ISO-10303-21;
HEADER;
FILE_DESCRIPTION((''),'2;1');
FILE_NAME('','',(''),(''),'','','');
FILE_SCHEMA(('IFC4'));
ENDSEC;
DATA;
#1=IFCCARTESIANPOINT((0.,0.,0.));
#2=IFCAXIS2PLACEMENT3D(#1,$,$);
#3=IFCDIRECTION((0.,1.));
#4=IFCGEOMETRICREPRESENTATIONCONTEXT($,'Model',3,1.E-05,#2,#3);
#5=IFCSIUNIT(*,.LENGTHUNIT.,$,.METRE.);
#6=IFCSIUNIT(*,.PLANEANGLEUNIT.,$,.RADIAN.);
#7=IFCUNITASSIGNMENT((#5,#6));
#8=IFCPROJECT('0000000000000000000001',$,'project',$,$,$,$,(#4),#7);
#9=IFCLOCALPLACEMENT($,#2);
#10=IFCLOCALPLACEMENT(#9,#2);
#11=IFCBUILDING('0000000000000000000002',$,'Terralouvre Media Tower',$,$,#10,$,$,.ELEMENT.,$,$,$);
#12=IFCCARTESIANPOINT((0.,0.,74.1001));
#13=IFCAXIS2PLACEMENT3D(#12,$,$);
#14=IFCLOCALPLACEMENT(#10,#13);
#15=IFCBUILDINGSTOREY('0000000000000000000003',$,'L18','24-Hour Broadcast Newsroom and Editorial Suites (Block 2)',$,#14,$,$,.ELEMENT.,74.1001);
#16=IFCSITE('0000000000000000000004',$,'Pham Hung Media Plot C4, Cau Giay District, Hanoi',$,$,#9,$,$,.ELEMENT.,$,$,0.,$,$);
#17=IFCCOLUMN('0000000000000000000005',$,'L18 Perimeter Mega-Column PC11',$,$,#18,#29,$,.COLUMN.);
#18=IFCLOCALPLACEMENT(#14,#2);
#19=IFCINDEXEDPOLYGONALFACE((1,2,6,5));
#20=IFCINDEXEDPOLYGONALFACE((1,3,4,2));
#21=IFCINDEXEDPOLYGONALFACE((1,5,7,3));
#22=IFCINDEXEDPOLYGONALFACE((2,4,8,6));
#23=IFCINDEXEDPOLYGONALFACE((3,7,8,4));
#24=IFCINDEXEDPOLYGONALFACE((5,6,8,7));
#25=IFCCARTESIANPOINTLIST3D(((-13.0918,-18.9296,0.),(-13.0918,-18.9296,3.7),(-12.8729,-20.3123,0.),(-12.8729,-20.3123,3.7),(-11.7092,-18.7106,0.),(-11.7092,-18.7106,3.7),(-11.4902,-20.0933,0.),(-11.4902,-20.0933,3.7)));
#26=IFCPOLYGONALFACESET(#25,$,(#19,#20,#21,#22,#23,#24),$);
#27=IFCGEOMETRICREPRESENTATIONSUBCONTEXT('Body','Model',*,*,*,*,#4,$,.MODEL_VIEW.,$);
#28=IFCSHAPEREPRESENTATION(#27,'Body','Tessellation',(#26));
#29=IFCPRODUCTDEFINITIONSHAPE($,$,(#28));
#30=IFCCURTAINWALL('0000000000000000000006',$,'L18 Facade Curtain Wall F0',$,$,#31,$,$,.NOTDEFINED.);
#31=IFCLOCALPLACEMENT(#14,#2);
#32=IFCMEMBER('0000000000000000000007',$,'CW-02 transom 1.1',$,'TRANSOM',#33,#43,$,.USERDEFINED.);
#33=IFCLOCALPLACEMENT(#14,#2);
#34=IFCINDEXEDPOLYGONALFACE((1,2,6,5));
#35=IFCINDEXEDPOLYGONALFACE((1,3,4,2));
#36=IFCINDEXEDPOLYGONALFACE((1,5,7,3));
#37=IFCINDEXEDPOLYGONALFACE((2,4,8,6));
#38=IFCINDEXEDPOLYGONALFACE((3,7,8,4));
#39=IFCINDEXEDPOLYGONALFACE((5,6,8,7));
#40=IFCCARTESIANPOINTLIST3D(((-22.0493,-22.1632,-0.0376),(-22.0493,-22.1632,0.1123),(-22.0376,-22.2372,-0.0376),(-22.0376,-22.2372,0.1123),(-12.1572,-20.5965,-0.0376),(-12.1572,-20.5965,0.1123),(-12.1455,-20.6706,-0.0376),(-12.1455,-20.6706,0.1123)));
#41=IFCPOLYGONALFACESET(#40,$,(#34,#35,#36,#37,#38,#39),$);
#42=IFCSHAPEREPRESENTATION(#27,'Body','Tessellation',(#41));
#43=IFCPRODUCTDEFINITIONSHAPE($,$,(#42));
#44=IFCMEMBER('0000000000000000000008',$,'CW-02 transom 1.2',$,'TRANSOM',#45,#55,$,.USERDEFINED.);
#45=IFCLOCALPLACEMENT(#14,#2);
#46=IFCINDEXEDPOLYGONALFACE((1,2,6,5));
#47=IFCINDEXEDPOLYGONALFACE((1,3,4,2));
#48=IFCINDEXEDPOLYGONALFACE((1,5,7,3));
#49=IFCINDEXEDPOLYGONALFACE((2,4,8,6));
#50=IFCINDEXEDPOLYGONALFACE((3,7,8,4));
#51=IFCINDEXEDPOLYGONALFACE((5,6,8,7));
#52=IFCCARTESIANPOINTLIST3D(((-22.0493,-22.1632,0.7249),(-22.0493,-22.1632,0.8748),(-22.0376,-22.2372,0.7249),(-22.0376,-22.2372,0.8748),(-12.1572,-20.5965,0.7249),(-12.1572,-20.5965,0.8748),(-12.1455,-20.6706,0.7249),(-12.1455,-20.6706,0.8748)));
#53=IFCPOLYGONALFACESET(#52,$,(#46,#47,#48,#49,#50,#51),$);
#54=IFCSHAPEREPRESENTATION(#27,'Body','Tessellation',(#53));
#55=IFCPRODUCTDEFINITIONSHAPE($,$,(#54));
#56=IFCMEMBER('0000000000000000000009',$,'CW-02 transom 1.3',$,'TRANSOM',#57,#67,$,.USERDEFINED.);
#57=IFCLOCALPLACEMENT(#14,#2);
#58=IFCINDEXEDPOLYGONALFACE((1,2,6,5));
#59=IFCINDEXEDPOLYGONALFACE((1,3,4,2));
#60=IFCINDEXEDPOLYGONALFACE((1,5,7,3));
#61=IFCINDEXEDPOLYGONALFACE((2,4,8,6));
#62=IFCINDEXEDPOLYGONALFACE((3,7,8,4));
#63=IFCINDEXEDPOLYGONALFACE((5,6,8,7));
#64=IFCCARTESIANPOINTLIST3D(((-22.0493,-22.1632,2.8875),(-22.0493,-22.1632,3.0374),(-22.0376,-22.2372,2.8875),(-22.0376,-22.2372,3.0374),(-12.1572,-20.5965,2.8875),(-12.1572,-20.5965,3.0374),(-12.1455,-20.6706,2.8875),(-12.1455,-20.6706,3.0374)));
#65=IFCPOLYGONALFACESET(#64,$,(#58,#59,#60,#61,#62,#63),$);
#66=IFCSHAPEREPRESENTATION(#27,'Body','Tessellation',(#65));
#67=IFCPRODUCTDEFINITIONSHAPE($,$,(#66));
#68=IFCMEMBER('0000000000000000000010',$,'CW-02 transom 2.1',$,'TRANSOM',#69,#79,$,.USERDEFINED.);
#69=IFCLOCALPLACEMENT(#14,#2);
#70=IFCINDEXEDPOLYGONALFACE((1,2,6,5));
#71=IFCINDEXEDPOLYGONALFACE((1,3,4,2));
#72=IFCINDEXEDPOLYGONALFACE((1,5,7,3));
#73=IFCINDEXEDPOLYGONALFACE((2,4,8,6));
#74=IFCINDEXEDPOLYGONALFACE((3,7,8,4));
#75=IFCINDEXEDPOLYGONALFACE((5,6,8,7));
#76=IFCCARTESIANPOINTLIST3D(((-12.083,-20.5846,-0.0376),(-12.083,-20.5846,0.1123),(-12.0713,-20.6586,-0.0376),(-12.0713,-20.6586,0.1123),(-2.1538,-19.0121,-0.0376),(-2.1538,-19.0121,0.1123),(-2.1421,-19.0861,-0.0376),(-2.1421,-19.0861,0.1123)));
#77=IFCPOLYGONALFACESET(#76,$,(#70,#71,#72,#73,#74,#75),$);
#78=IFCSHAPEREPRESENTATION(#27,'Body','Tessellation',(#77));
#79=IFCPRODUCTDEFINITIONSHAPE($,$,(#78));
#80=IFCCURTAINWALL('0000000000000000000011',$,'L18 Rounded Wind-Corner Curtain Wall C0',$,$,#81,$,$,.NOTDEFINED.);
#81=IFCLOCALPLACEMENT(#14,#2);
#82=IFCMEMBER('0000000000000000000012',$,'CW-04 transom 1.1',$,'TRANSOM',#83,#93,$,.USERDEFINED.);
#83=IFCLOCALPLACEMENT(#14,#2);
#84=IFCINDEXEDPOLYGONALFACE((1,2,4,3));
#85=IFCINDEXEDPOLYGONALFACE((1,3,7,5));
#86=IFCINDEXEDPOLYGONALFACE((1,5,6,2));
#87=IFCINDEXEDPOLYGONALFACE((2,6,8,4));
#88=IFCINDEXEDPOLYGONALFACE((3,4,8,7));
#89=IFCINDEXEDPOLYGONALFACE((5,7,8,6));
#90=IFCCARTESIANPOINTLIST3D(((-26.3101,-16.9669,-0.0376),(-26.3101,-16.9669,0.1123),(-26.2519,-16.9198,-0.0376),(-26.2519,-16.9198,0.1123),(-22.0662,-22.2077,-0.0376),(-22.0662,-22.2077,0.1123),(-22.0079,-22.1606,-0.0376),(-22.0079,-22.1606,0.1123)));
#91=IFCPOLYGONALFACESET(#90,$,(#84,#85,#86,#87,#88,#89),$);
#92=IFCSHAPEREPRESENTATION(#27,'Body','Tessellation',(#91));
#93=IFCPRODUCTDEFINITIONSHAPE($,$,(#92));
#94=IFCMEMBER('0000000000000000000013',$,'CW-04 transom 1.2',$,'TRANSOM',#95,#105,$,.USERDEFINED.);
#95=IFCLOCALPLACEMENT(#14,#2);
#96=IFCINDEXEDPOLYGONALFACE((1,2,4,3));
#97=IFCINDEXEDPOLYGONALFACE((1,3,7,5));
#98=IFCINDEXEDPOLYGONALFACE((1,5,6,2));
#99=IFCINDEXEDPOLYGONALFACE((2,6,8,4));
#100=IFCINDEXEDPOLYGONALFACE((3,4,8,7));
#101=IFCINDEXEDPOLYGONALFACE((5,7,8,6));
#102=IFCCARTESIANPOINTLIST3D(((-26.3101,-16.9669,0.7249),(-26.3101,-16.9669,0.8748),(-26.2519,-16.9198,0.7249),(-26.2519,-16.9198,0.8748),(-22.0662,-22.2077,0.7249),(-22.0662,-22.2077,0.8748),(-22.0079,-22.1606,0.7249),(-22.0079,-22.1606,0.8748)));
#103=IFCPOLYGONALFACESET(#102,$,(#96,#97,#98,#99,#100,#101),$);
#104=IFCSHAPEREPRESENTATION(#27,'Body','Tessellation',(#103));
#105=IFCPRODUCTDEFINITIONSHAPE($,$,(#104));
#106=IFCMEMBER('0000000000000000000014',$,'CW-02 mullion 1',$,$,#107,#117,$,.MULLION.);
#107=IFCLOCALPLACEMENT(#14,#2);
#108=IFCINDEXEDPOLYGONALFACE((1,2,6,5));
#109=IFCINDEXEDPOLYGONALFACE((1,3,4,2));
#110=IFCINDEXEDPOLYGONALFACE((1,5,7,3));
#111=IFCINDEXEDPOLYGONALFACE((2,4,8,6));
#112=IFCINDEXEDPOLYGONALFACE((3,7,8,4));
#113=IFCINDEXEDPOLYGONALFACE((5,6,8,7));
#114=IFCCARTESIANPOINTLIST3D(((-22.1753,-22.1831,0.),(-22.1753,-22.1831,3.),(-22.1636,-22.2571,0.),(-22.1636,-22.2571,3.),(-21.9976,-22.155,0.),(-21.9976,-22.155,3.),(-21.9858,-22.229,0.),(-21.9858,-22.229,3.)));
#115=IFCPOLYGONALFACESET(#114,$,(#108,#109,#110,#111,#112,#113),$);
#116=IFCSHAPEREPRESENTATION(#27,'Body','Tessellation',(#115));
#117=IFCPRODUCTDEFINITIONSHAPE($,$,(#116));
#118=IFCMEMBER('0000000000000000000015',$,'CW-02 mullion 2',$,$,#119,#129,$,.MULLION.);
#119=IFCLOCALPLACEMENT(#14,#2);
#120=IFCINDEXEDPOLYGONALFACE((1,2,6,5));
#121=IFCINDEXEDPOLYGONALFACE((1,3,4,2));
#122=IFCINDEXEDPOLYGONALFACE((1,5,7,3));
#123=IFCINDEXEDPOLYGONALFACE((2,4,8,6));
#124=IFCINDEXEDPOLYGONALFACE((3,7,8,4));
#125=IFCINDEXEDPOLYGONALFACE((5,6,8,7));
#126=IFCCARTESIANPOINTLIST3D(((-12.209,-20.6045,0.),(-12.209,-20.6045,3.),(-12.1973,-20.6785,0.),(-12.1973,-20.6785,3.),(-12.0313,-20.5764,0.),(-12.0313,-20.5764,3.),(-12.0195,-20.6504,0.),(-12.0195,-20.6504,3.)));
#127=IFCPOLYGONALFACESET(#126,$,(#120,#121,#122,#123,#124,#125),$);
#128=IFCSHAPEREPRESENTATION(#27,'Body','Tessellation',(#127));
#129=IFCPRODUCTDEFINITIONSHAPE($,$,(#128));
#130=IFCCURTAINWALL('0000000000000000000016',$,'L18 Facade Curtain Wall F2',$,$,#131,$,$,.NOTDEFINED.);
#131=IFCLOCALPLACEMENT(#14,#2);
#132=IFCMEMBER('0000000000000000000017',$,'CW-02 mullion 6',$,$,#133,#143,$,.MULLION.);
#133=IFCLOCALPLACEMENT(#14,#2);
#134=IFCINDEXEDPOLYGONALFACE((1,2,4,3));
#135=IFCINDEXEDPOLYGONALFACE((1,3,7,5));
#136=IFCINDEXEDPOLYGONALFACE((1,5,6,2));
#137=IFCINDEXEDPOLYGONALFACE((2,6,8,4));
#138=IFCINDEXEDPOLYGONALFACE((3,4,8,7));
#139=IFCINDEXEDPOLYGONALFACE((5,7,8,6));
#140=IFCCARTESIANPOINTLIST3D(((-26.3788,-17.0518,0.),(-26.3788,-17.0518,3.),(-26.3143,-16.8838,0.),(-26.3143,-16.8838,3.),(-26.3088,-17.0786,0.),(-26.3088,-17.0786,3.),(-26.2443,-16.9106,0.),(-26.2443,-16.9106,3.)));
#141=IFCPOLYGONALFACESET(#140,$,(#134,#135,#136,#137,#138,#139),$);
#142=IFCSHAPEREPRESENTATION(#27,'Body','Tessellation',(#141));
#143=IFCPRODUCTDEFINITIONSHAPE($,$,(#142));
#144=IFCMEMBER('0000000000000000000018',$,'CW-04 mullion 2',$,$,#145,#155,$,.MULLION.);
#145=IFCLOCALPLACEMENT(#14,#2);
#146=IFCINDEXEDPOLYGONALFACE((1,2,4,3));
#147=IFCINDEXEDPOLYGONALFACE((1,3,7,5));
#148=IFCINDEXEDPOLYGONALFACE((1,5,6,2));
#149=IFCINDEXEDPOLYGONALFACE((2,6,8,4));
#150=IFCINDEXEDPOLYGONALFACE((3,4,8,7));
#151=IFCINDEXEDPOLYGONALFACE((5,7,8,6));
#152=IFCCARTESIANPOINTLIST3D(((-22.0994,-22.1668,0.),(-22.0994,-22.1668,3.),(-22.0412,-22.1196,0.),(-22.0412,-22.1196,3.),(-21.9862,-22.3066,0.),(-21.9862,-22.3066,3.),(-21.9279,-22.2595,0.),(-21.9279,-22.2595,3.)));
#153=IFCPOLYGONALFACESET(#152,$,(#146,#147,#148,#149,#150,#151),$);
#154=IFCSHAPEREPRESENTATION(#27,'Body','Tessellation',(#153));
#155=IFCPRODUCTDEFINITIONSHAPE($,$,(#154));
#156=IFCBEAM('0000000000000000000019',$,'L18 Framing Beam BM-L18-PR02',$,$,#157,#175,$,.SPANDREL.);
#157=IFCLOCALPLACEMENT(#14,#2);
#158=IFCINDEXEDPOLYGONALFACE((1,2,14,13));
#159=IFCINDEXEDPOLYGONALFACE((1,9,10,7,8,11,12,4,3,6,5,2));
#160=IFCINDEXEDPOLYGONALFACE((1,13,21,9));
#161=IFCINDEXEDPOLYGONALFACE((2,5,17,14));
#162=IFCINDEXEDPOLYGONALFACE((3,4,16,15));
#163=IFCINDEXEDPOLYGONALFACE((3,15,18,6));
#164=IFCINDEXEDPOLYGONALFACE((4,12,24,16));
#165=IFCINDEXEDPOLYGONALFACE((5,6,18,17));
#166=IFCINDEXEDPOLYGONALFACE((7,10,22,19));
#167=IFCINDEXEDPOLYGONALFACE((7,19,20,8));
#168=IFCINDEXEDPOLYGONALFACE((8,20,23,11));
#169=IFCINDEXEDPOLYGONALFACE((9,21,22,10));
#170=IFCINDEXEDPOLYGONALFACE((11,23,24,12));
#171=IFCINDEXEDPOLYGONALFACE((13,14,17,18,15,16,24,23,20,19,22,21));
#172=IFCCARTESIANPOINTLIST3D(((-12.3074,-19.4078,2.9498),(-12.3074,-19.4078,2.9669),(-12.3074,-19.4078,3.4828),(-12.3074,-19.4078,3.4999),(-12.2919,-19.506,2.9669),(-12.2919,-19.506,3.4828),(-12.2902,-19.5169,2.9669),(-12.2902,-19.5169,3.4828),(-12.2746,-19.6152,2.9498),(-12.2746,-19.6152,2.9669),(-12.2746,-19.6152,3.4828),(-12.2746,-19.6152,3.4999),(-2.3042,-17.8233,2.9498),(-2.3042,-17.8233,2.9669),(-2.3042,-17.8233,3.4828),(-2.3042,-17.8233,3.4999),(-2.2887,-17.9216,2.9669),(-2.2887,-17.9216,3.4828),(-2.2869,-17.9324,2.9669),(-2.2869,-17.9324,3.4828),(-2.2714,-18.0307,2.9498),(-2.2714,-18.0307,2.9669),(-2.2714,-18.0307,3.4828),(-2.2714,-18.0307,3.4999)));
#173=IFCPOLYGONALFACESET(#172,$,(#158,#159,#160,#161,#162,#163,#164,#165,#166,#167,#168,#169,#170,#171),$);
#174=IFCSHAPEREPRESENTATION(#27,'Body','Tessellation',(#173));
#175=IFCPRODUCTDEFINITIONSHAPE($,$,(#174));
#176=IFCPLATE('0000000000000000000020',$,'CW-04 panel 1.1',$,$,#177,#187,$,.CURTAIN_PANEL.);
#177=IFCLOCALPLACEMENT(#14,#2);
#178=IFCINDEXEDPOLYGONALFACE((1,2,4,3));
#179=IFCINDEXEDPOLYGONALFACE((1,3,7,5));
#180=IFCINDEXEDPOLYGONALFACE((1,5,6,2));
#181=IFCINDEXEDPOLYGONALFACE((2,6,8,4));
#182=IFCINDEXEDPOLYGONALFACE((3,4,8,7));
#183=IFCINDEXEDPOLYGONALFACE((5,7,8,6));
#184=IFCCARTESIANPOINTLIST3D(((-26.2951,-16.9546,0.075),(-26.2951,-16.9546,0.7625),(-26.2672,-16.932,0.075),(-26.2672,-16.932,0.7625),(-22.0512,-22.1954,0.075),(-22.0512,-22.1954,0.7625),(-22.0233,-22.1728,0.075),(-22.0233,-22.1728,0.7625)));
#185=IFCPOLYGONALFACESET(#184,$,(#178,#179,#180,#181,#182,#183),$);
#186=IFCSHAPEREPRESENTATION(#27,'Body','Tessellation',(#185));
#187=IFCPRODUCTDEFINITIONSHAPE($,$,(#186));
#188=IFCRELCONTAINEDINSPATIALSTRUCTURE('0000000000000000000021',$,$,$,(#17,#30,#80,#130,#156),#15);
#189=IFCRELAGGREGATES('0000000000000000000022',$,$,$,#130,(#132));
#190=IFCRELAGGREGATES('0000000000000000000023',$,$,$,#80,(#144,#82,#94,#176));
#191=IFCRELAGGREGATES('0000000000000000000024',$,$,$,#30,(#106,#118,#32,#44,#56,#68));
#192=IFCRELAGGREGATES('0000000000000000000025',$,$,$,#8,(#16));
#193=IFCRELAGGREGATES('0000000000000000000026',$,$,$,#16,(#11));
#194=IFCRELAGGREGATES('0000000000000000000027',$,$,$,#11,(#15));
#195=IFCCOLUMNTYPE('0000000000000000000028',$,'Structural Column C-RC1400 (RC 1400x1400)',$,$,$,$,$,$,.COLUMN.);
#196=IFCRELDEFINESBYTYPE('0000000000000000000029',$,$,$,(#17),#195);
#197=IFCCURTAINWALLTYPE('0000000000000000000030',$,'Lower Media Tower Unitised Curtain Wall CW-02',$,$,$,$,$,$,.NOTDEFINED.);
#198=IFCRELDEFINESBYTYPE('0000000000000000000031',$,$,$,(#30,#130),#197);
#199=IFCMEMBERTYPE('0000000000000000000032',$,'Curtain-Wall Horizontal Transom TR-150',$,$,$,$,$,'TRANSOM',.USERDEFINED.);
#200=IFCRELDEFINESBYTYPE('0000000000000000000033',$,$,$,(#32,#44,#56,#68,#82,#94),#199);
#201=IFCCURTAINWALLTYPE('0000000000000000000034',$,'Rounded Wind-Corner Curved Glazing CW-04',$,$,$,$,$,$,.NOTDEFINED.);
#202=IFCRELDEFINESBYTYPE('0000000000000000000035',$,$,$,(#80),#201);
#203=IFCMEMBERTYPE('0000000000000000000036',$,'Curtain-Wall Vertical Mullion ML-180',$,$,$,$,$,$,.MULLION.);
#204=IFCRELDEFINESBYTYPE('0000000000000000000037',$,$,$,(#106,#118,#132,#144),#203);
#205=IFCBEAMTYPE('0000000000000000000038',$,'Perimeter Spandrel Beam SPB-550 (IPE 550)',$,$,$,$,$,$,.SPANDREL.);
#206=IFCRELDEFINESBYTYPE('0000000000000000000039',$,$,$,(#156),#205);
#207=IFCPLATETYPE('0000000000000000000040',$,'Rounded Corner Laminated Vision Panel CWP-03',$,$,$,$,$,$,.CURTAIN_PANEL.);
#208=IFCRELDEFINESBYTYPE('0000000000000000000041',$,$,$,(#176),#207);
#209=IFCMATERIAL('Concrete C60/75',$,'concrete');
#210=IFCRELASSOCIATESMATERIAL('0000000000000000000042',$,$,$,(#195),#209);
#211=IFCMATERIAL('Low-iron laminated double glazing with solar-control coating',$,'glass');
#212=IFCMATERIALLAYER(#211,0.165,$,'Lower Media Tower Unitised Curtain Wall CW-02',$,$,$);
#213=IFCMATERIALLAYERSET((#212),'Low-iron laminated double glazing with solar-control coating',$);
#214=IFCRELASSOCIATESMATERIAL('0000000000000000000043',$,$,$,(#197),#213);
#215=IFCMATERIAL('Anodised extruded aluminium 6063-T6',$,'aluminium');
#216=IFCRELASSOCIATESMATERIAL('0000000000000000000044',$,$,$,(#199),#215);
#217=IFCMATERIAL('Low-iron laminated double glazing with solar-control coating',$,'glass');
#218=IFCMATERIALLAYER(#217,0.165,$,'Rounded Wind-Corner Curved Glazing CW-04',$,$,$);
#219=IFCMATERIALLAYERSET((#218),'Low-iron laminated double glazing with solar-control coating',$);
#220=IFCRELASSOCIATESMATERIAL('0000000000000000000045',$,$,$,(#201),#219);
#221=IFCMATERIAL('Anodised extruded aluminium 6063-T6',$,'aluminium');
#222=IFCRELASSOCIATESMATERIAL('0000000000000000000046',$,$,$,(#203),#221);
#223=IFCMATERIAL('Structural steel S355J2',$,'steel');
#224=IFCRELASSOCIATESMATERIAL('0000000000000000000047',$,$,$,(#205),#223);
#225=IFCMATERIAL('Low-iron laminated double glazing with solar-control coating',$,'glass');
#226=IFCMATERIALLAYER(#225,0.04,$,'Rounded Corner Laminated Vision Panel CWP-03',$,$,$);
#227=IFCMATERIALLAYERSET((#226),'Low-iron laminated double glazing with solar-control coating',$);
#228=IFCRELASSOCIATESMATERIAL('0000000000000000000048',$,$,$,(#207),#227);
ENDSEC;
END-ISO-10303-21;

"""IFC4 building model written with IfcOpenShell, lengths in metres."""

from ifc_helpers import new_model, si_unit, direction, frame, origin, origin_2d, place, context, subcontext, project, spatial, rectangle, i_section, extrude, material, layer, layer_set, material_profile, profile_set, type_object, element, aggregate, save


model = new_model("IFC4")

# Units and contexts
model_context = context("Model", 3, precision=1e-05, world=origin(), true_north=direction((0.0, 1.0)))
body_context = subcontext(model_context, "Body", "Model", "MODEL_VIEW")
ifc_project = project(units=[si_unit("LENGTHUNIT", "METRE"), si_unit("PLANEANGLEUNIT", "RADIAN")], contexts=[model_context])

# Site, building, storey
site_placement = place(None, origin())
site = spatial("IfcSite", under=ifc_project, at=site_placement, Name="Pham Hung Media Plot C4, Cau Giay District, Hanoi", CompositionType="ELEMENT", RefElevation=0.0)
building_placement = place(site_placement, origin())
building = spatial("IfcBuilding", under=site, at=building_placement, Name="Terralouvre Media Tower", CompositionType="ELEMENT")
storey_placement = place(building_placement, frame((0.0, 0.0, 74.1001)))
storey = spatial("IfcBuildingStorey", under=building, at=storey_placement, Name="L18", Description="24-Hour Broadcast Newsroom and Editorial Suites (Block 2)", CompositionType="ELEMENT", Elevation=74.1001)

# Column
ifc_material_1 = material(Name="Concrete C60/75", Category="concrete")
ifc_material_profile_1 = material_profile(ifc_material_1, rectangle(XDim=1.3999, YDim=1.3999, at=origin_2d()), Name="RC 1400x1400")
ifc_profile_set_1 = profile_set([ifc_material_profile_1], Name="Concrete C60/75")
column_type = type_object("IfcColumnType", Name="Structural Column C-RC1400 (RC 1400x1400)", PredefinedType="COLUMN", material=ifc_profile_set_1)
column_placement = place(storey_placement, frame((-12.291, -19.5115, 0.0), z_axis=(0.0, 0.0, 1.0), x_axis=(0.987688, 0.156434, 0.0)))
element("IfcColumn", 1, at=column_placement, inside=storey, type_object=column_type, Name="L18 Perimeter Mega-Column PC11", PredefinedType="COLUMN", context=body_context, shape_type="SweptSolid", body=[
    extrude(rectangle(XDim=1.3999, YDim=1.3999, at=origin_2d()), origin(), (0.0, 0.0, 1.0), 3.7),
])

# Curtain walls, members
ifc_material_2 = material(Name="Low-iron laminated double glazing with solar-control coating", Category="glass")
ifc_layer_1 = layer(ifc_material_2, 0.165, Name="Lower Media Tower Unitised Curtain Wall CW-02")
ifc_layer_set_1 = layer_set([ifc_layer_1], Name="Low-iron laminated double glazing with solar-control coating")
curtain_wall_type_1 = type_object("IfcCurtainWallType", Name="Lower Media Tower Unitised Curtain Wall CW-02", PredefinedType="NOTDEFINED", material=ifc_layer_set_1)
curtain_wall_1_placement = place(storey_placement, origin())
curtain_wall_1 = element("IfcCurtainWall", 2, at=curtain_wall_1_placement, inside=storey, type_object=curtain_wall_type_1, Name="L18 Facade Curtain Wall F0", PredefinedType="NOTDEFINED")
ifc_material_3 = material(Name="Anodised extruded aluminium 6063-T6", Category="aluminium")
ifc_material_profile_2 = material_profile(ifc_material_3, rectangle(XDim=0.075, YDim=0.1499, at=origin_2d()), Name="ALU 75x150")
ifc_profile_set_2 = profile_set([ifc_material_profile_2], Name="Anodised extruded aluminium 6063-T6")
member_type_1 = type_object("IfcMemberType", Name="Curtain-Wall Horizontal Transom TR-150", ElementType="TRANSOM", PredefinedType="USERDEFINED", material=ifc_profile_set_2)
member_1_placement = place(storey_placement, frame((-22.0435, -22.2002, 0.0374), z_axis=(0.98769, 0.156424, 0.0), x_axis=(-0.156424, 0.98769, 0.0)))
member_1 = element("IfcMember", 3, at=member_1_placement, type_object=member_type_1, Name="CW-02 transom 1.1", ObjectType="TRANSOM", PredefinedType="USERDEFINED", context=body_context, shape_type="SweptSolid", body=[
    extrude(rectangle(XDim=0.075, YDim=0.1499, at=origin_2d()), origin(), (0.0, 0.0, 1.0), 10.0154),
])
member_2_placement = place(storey_placement, frame((-22.0435, -22.2002, 0.7998), z_axis=(0.98769, 0.156424, 0.0), x_axis=(-0.156424, 0.98769, 0.0)))
member_2 = element("IfcMember", 4, at=member_2_placement, type_object=member_type_1, Name="CW-02 transom 1.2", ObjectType="TRANSOM", PredefinedType="USERDEFINED", context=body_context, shape_type="SweptSolid", body=[
    extrude(rectangle(XDim=0.075, YDim=0.1499, at=origin_2d()), origin(), (0.0, 0.0, 1.0), 10.0154),
])
member_3_placement = place(storey_placement, frame((-22.0435, -22.2002, 2.9624), z_axis=(0.98769, 0.156424, 0.0), x_axis=(-0.156424, 0.98769, 0.0)))
member_3 = element("IfcMember", 5, at=member_3_placement, type_object=member_type_1, Name="CW-02 transom 1.3", ObjectType="TRANSOM", PredefinedType="USERDEFINED", context=body_context, shape_type="SweptSolid", body=[
    extrude(rectangle(XDim=0.075, YDim=0.1499, at=origin_2d()), origin(), (0.0, 0.0, 1.0), 10.0154),
])
member_4_placement = place(storey_placement, frame((-12.0771, -20.6216, 0.0374), z_axis=(0.98769, 0.156423, 0.0), x_axis=(-0.156423, 0.98769, 0.0)))
member_4 = element("IfcMember", 6, at=member_4_placement, type_object=member_type_1, Name="CW-02 transom 2.1", ObjectType="TRANSOM", PredefinedType="USERDEFINED", context=body_context, shape_type="SweptSolid", body=[
    extrude(rectangle(XDim=0.075, YDim=0.1499, at=origin_2d()), origin(), (0.0, 0.0, 1.0), 10.053),
])
ifc_material_4 = material(Name="Low-iron laminated double glazing with solar-control coating", Category="glass")
ifc_layer_2 = layer(ifc_material_4, 0.165, Name="Rounded Wind-Corner Curved Glazing CW-04")
ifc_layer_set_2 = layer_set([ifc_layer_2], Name="Low-iron laminated double glazing with solar-control coating")
curtain_wall_type_2 = type_object("IfcCurtainWallType", Name="Rounded Wind-Corner Curved Glazing CW-04", PredefinedType="NOTDEFINED", material=ifc_layer_set_2)
curtain_wall_2_placement = place(storey_placement, origin())
curtain_wall_2 = element("IfcCurtainWall", 7, at=curtain_wall_2_placement, inside=storey, type_object=curtain_wall_type_2, Name="L18 Rounded Wind-Corner Curtain Wall C0", PredefinedType="NOTDEFINED")
member_5_placement = place(storey_placement, frame((-26.281, -16.9434, 0.0374), z_axis=(0.629324, -0.777143, 0.0), x_axis=(0.777143, 0.629324, 0.0)))
member_5 = element("IfcMember", 8, at=member_5_placement, type_object=member_type_1, Name="CW-04 transom 1.1", ObjectType="TRANSOM", PredefinedType="USERDEFINED", context=body_context, shape_type="SweptSolid", body=[
    extrude(rectangle(XDim=0.075, YDim=0.1499, at=origin_2d()), origin(), (0.0, 0.0, 1.0), 6.7437),
])
member_6_placement = place(storey_placement, frame((-26.281, -16.9434, 0.7998), z_axis=(0.629324, -0.777143, 0.0), x_axis=(0.777143, 0.629324, 0.0)))
member_6 = element("IfcMember", 9, at=member_6_placement, type_object=member_type_1, Name="CW-04 transom 1.2", ObjectType="TRANSOM", PredefinedType="USERDEFINED", context=body_context, shape_type="SweptSolid", body=[
    extrude(rectangle(XDim=0.075, YDim=0.1499, at=origin_2d()), origin(), (0.0, 0.0, 1.0), 6.7437),
])

# Members
ifc_material_5 = material(Name="Anodised extruded aluminium 6063-T6", Category="aluminium")
ifc_material_profile_3 = material_profile(ifc_material_5, rectangle(XDim=0.075, YDim=0.1799, at=origin_2d()), Name="ALU 75x180")
ifc_profile_set_3 = profile_set([ifc_material_profile_3], Name="Anodised extruded aluminium 6063-T6")
member_type_2 = type_object("IfcMemberType", Name="Curtain-Wall Vertical Mullion ML-180", PredefinedType="MULLION", material=ifc_profile_set_3)
member_7_placement = place(storey_placement, frame((-22.0806, -22.2061, 0.0), z_axis=(0.0, 0.0, 1.0), x_axis=(-0.156434, 0.987688, 0.0)))
member_7 = element("IfcMember", 10, at=member_7_placement, type_object=member_type_2, Name="CW-02 mullion 1", PredefinedType="MULLION", context=body_context, shape_type="SweptSolid", body=[
    extrude(rectangle(XDim=0.075, YDim=0.1799, at=origin_2d()), origin(), (0.0, 0.0, 1.0), 3.0),
])
member_8_placement = place(storey_placement, frame((-12.1143, -20.6274, 0.0), z_axis=(0.0, 0.0, 1.0), x_axis=(-0.156434, 0.987688, 0.0)))
member_8 = element("IfcMember", 11, at=member_8_placement, type_object=member_type_2, Name="CW-02 mullion 2", PredefinedType="MULLION", context=body_context, shape_type="SweptSolid", body=[
    extrude(rectangle(XDim=0.075, YDim=0.1799, at=origin_2d()), origin(), (0.0, 0.0, 1.0), 3.0),
])

# Curtain wall, member
curtain_wall_3_placement = place(storey_placement, origin())
curtain_wall_3 = element("IfcCurtainWall", 12, at=curtain_wall_3_placement, inside=storey, type_object=curtain_wall_type_1, Name="L18 Facade Curtain Wall F2", PredefinedType="NOTDEFINED")
member_9_placement = place(storey_placement, frame((-26.3115, -16.9812, 0.0), z_axis=(0.0, 0.0, 1.0), x_axis=(0.93358, -0.358368, 0.0)))
member_9 = element("IfcMember", 13, at=member_9_placement, type_object=member_type_2, Name="CW-02 mullion 6", PredefinedType="MULLION", context=body_context, shape_type="SweptSolid", body=[
    extrude(rectangle(XDim=0.075, YDim=0.1799, at=origin_2d()), origin(), (0.0, 0.0, 1.0), 3.0),
])
aggregate(curtain_wall_3, [member_9])

# Member
member_10_placement = place(storey_placement, frame((-22.0137, -22.2131, 0.0), z_axis=(0.0, 0.0, 1.0), x_axis=(0.777146, 0.62932, 0.0)))
member_10 = element("IfcMember", 14, at=member_10_placement, type_object=member_type_2, Name="CW-04 mullion 2", PredefinedType="MULLION", context=body_context, shape_type="SweptSolid", body=[
    extrude(rectangle(XDim=0.075, YDim=0.1799, at=origin_2d()), origin(), (0.0, 0.0, 1.0), 3.0),
])

# Beam
ifc_material_6 = material(Name="Structural steel S355J2", Category="steel")
ifc_material_profile_4 = material_profile(ifc_material_6, i_section(OverallWidth=0.21, OverallDepth=0.55, WebThickness=0.011, FlangeThickness=0.0171, at=origin_2d()), Name="IPE 550")
ifc_profile_set_4 = profile_set([ifc_material_profile_4], Name="Structural steel S355J2")
beam_type = type_object("IfcBeamType", Name="Perimeter Spandrel Beam SPB-550 (IPE 550)", PredefinedType="SPANDREL", material=ifc_profile_set_4)
beam_placement = place(storey_placement, frame((-12.291, -19.5115, 3.2249), z_axis=(0.987686, 0.156447, 0.0), x_axis=(-0.156447, 0.987686, 0.0)))
element("IfcBeam", 15, at=beam_placement, inside=storey, type_object=beam_type, Name="L18 Framing Beam BM-L18-PR02", PredefinedType="SPANDREL", context=body_context, shape_type="SweptSolid", body=[
    extrude(i_section(OverallWidth=0.21, OverallDepth=0.55, WebThickness=0.011, FlangeThickness=0.0171, at=origin_2d()), origin(), (0.0, 0.0, 1.0), 10.1279),
])

# Plate
ifc_material_7 = material(Name="Low-iron laminated double glazing with solar-control coating", Category="glass")
ifc_layer_3 = layer(ifc_material_7, 0.04, Name="Rounded Corner Laminated Vision Panel CWP-03")
ifc_layer_set_3 = layer_set([ifc_layer_3], Name="Low-iron laminated double glazing with solar-control coating")
plate_type_1 = type_object("IfcPlateType", Name="Rounded Corner Laminated Vision Panel CWP-03", PredefinedType="CURTAIN_PANEL", material=ifc_layer_set_3)
plate_1_placement = place(storey_placement, frame((-24.1592, -19.5637, 0.075), z_axis=(0.0, 0.0, 1.0), x_axis=(0.62932, -0.777146, 0.0)))
plate_1 = element("IfcPlate", 16, at=plate_1_placement, type_object=plate_type_1, Name="CW-04 panel 1.1", PredefinedType="CURTAIN_PANEL", context=body_context, shape_type="SweptSolid", body=[
    extrude(rectangle(XDim=6.7437, YDim=0.0359, at=origin_2d()), origin(), (0.0, 0.0, 1.0), 0.6875),
])
aggregate(curtain_wall_2, [member_10, member_5, member_6, plate_1])
aggregate(curtain_wall_1, [member_7, member_8, member_1, member_2, member_3, member_4])

save(model, "model.ifc")
